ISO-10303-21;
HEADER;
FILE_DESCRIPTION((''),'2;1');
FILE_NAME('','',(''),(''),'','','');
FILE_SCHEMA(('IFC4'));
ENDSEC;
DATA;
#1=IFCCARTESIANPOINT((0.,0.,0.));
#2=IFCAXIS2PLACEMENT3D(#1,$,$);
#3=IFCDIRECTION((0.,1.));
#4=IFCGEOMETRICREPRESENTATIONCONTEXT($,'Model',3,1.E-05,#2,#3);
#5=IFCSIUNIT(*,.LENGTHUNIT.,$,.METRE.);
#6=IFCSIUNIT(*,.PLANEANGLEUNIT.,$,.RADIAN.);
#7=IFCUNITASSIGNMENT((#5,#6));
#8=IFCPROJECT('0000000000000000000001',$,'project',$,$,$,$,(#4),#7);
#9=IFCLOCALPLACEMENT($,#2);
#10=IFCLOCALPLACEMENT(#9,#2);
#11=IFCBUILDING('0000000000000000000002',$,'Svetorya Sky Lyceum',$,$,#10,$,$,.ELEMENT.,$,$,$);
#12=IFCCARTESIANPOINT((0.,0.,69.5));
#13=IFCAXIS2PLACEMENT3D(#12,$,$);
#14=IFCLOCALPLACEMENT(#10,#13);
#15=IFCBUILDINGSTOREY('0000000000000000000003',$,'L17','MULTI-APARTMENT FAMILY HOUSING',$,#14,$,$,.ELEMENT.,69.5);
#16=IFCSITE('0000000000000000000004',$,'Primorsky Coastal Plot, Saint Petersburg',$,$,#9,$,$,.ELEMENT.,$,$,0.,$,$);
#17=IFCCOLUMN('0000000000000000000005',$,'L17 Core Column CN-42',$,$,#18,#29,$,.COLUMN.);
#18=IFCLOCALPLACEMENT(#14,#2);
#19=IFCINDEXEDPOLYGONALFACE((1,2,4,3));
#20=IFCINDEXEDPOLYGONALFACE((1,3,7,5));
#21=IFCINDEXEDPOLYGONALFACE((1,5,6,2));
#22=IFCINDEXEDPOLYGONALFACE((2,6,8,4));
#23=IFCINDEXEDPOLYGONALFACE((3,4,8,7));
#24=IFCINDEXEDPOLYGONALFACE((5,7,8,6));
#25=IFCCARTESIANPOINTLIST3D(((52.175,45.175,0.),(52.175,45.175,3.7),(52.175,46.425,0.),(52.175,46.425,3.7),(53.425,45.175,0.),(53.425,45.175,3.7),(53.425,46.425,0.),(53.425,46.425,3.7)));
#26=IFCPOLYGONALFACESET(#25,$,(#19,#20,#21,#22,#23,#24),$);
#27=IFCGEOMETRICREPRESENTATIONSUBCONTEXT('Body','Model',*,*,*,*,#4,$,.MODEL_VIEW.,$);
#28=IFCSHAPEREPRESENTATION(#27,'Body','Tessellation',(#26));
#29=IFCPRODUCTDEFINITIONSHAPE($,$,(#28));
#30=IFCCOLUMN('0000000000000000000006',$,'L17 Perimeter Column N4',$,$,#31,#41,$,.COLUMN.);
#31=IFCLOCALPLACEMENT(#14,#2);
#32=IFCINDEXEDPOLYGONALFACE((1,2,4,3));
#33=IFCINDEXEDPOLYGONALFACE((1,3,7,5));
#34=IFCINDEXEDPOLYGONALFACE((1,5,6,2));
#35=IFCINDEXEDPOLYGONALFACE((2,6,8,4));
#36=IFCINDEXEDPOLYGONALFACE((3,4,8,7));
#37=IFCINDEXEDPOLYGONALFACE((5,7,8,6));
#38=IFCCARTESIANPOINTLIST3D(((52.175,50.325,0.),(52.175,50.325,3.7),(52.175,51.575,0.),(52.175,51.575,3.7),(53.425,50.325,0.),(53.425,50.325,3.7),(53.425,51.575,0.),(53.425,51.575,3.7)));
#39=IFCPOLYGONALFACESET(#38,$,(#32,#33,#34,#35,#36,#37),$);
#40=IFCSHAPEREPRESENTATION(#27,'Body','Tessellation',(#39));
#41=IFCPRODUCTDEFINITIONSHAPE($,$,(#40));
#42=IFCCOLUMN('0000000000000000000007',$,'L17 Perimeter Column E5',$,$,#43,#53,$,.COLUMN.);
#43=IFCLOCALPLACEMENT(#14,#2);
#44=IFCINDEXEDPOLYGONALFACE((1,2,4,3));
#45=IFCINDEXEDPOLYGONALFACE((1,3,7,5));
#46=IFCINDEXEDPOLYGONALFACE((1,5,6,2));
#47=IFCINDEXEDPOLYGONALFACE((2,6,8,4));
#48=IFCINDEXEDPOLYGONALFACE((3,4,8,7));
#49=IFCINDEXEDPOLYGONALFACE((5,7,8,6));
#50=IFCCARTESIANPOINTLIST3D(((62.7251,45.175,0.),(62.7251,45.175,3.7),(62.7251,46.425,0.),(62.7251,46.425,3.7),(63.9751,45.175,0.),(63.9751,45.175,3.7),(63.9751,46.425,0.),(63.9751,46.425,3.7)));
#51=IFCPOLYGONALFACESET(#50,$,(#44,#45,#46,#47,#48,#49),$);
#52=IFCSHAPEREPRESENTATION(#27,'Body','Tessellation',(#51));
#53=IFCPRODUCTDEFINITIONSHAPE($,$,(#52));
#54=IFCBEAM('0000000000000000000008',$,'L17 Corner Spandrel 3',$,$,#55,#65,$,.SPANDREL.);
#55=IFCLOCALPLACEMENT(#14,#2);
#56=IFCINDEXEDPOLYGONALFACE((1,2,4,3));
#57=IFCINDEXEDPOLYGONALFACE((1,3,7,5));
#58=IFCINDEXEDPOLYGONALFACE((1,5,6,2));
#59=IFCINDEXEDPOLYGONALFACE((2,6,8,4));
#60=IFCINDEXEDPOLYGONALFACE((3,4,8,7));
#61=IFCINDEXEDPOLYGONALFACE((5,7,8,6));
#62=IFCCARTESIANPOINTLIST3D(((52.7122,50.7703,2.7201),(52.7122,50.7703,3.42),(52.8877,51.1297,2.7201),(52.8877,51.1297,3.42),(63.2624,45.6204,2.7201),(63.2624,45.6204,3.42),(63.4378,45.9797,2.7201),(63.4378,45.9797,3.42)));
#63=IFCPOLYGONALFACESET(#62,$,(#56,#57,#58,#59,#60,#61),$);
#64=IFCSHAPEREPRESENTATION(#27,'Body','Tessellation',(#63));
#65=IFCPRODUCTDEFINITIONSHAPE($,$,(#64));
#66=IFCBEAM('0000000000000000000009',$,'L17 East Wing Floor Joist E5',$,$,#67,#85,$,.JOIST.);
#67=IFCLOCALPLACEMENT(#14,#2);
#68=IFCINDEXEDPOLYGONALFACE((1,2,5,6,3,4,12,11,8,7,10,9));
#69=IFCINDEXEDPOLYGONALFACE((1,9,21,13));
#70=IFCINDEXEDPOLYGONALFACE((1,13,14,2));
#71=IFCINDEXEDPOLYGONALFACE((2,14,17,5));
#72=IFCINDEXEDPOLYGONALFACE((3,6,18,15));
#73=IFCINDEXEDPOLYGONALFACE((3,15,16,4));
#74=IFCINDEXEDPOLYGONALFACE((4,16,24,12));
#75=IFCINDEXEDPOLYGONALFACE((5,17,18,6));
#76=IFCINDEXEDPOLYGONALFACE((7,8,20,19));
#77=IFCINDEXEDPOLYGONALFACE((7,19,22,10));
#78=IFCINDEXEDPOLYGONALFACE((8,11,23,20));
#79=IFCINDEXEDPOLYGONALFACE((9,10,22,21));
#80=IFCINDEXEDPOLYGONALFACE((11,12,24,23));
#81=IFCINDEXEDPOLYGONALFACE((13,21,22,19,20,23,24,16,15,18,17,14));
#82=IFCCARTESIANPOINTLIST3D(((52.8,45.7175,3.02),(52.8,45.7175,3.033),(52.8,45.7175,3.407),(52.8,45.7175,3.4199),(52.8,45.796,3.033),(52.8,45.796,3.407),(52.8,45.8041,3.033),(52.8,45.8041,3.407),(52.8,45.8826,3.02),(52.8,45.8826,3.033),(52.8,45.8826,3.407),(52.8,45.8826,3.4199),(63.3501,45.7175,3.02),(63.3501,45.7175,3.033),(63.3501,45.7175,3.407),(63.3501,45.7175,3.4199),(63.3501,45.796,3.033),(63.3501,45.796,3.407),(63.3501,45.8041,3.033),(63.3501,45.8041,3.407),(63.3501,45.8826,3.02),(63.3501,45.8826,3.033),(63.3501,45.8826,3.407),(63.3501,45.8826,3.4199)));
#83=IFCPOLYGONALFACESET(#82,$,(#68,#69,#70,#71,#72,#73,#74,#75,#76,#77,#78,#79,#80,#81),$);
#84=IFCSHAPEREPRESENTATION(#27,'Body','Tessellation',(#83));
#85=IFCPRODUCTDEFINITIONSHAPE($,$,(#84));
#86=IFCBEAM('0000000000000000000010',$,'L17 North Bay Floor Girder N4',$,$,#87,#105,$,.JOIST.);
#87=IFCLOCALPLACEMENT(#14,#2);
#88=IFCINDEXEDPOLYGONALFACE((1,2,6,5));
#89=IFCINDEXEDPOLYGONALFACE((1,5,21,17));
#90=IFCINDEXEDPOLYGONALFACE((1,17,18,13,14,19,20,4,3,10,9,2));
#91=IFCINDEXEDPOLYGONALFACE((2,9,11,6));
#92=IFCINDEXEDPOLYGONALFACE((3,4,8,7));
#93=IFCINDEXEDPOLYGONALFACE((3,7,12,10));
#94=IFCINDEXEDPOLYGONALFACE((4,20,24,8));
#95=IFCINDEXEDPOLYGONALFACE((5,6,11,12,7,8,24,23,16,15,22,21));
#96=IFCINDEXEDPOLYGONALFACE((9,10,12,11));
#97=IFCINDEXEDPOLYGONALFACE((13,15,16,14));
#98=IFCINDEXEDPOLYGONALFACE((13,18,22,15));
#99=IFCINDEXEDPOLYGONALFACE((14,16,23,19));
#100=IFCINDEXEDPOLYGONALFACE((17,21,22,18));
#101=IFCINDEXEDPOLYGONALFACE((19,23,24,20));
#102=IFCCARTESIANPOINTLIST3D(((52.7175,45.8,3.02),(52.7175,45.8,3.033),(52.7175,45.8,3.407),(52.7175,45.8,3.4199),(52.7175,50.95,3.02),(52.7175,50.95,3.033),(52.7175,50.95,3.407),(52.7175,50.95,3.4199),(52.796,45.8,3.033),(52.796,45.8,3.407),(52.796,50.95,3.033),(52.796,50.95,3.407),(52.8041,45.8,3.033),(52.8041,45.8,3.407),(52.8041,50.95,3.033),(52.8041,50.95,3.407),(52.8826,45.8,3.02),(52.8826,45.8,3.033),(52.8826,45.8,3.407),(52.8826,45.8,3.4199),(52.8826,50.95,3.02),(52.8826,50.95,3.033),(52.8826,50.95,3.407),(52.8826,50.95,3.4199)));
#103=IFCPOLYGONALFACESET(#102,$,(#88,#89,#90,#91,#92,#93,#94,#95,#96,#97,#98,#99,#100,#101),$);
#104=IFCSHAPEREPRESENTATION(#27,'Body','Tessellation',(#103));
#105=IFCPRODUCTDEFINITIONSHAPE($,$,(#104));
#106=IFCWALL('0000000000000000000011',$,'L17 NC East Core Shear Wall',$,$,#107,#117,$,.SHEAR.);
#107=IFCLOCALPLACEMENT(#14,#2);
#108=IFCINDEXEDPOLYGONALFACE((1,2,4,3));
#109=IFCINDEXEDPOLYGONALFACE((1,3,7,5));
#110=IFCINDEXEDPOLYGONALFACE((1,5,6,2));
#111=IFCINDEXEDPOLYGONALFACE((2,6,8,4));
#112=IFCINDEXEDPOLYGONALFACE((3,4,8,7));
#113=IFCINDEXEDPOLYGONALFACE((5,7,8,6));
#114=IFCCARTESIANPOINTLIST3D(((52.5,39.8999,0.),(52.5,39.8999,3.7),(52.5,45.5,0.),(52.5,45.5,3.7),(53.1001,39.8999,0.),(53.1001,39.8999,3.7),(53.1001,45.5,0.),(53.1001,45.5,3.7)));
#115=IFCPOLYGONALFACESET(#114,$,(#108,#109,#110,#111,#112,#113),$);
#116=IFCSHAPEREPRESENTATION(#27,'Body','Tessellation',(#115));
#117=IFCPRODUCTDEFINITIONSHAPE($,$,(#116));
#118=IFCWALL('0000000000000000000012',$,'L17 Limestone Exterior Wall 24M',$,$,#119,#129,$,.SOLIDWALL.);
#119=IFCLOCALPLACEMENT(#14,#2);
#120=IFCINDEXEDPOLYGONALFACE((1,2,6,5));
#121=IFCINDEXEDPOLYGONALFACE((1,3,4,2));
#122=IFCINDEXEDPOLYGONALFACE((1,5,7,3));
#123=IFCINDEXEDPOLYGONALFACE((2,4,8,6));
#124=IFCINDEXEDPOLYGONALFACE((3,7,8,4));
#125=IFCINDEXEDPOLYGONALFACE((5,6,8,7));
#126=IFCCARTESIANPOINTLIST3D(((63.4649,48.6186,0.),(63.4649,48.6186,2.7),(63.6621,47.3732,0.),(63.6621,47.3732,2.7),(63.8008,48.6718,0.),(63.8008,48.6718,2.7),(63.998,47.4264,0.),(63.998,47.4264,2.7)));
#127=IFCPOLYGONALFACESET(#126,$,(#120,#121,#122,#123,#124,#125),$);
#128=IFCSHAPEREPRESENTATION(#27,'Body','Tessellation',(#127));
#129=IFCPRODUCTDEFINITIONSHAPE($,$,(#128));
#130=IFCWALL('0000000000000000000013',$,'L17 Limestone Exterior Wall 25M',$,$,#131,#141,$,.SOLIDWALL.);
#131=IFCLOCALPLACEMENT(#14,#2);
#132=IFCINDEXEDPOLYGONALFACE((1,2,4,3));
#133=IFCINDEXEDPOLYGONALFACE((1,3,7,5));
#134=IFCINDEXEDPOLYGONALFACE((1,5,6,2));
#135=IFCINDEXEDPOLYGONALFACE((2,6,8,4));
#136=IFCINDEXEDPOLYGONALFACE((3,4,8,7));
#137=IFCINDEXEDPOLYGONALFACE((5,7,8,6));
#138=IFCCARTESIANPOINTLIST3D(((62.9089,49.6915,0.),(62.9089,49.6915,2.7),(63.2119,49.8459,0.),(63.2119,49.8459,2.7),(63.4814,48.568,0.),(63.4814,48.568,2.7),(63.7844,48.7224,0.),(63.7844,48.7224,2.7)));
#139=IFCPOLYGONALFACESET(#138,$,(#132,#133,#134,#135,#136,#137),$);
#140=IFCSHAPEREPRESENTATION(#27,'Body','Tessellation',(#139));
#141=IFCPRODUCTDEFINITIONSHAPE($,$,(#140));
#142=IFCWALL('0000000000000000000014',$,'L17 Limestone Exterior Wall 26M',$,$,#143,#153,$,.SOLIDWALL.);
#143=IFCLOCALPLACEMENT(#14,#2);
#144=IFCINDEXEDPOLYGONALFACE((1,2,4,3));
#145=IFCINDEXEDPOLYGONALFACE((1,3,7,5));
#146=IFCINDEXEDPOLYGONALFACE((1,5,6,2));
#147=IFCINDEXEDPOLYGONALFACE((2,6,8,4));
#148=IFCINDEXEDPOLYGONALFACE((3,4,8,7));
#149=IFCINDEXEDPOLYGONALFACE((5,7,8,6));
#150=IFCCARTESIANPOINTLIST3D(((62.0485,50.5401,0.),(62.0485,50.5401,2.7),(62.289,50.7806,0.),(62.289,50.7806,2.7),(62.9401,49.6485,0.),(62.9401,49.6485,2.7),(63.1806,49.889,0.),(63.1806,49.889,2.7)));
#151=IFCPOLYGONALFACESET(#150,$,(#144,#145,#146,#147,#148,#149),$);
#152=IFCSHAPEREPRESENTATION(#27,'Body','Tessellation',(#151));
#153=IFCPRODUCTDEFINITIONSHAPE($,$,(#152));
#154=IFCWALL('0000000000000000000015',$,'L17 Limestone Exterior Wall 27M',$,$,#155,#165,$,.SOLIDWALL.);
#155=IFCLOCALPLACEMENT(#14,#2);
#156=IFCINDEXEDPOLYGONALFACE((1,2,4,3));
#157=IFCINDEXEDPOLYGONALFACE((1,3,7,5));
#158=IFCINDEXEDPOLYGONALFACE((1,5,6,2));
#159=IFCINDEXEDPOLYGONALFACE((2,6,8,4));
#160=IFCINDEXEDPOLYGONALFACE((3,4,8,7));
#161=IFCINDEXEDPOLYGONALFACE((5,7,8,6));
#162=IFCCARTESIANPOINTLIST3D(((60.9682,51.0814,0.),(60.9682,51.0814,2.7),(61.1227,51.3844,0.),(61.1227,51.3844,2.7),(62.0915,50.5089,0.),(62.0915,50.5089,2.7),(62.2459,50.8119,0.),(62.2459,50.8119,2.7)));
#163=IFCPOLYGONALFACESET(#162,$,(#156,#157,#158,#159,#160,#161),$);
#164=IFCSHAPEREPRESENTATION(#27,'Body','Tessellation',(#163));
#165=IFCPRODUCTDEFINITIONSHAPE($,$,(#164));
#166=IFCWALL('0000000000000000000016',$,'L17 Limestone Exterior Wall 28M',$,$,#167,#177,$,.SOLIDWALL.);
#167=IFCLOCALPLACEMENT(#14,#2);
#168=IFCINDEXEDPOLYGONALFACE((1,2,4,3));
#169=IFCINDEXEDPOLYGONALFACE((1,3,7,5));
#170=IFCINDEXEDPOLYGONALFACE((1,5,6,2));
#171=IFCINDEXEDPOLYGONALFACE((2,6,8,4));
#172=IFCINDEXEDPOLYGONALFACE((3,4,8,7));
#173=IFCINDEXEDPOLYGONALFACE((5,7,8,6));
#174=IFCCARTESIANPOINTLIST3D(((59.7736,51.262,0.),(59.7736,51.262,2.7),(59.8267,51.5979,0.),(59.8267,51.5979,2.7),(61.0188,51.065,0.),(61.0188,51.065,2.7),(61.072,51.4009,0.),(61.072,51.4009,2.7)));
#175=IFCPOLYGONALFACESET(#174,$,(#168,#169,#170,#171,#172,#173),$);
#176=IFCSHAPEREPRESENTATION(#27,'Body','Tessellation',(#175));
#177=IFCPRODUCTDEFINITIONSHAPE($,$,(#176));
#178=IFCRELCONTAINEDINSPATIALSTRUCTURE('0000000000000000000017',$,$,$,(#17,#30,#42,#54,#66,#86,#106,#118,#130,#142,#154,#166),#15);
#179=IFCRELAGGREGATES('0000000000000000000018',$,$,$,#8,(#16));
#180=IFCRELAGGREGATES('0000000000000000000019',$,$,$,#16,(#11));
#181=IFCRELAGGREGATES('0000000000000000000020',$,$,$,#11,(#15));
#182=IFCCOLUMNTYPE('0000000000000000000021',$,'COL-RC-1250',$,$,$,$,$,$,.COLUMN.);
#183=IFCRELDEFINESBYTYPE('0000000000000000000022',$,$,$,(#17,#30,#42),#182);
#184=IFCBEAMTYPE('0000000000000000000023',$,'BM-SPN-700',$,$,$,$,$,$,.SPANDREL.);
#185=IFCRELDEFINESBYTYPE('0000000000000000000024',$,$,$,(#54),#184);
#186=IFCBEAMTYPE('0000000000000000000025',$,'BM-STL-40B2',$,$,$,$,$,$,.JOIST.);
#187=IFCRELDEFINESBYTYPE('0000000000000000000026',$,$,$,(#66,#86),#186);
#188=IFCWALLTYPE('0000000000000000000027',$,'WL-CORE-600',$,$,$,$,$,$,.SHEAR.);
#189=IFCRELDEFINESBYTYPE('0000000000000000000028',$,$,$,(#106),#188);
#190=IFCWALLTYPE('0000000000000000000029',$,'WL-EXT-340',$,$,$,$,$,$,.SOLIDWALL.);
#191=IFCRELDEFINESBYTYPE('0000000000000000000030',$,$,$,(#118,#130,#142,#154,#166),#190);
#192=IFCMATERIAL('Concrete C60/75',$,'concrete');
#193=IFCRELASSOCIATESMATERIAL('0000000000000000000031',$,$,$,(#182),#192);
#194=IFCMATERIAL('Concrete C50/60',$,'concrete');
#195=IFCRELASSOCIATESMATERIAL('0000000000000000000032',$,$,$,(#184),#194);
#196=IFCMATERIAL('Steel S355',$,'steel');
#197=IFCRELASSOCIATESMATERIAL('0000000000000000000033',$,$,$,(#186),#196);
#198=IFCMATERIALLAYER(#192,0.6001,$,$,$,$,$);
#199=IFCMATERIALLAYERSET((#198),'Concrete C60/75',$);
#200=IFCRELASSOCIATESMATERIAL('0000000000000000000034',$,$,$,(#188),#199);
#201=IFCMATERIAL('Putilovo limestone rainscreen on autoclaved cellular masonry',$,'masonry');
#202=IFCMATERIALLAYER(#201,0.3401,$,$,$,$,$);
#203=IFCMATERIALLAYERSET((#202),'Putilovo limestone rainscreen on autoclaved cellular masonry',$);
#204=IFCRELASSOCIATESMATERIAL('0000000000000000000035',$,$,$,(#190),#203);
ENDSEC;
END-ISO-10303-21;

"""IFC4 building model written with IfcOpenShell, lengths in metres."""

from ifc_helpers import new_model, si_unit, direction, frame, frame_2d, origin, origin_2d, place, context, subcontext, project, spatial, rectangle, i_section, extrude, material, layer, layer_set, material_profile, profile_set, type_object, element, save


model = new_model("IFC4")

# Units and contexts
model_context = context("Model", 3, precision=1e-05, world=origin(), true_north=direction((0.0, 1.0)))
body_context = subcontext(model_context, "Body", "Model", "MODEL_VIEW")
ifc_project = project(units=[si_unit("LENGTHUNIT", "METRE"), si_unit("PLANEANGLEUNIT", "RADIAN")], contexts=[model_context])

# Site, building, storey
site_placement = place(None, origin())
site = spatial("IfcSite", under=ifc_project, at=site_placement, Name="Primorsky Coastal Plot, Saint Petersburg", CompositionType="ELEMENT", RefElevation=0.0)
building_placement = place(site_placement, origin())
building = spatial("IfcBuilding", under=site, at=building_placement, Name="Svetorya Sky Lyceum", CompositionType="ELEMENT")
storey_placement = place(building_placement, frame((0.0, 0.0, 69.5)))
storey = spatial("IfcBuildingStorey", under=building, at=storey_placement, Name="L17", Description="MULTI-APARTMENT FAMILY HOUSING", CompositionType="ELEMENT", Elevation=69.5)

# Columns
ifc_material_1 = material(Name="Concrete C60/75", Category="concrete")
ifc_material_profile_1 = material_profile(ifc_material_1, rectangle(XDim=1.25, YDim=1.25, at=origin_2d()), Name="RC COL 1250x1250")
ifc_profile_set_1 = profile_set([ifc_material_profile_1], Name="Concrete C60/75")
column_type = type_object("IfcColumnType", Name="COL-RC-1250", PredefinedType="COLUMN", material=ifc_profile_set_1)
for number, where, z_axis, x_axis, name in (
    (1, (52.8, 45.8, 0.0), (0.0, 0.0, 1.0), (1.0, 0.0, 0.0), "L17 Core Column CN-42"),
    (2, (52.8, 50.95, 0.0), (0.0, 0.0, 1.0), (1.0, 0.0, 0.0), "L17 Perimeter Column N4"),
    (3, (63.3501, 45.8, 0.0), (0.0, 0.0, 1.0), (1.0, 0.0, 0.0), "L17 Perimeter Column E5"),
):
    element("IfcColumn", number, at=place(storey_placement, frame(where, z_axis=z_axis, x_axis=x_axis)), inside=storey, type_object=column_type, Name=name, PredefinedType="COLUMN", context=body_context, shape_type="SweptSolid", body=[
        extrude(rectangle(XDim=1.25, YDim=1.25, at=origin_2d()), origin(), (0.0, 0.0, 1.0), 3.7),
    ])

# Beams
ifc_material_2 = material(Name="Concrete C50/60", Category="concrete")
ifc_material_profile_2 = material_profile(ifc_material_2, rectangle(XDim=0.3999, YDim=0.7, at=origin_2d()), Name="RC SPANDREL 400x700")
ifc_profile_set_2 = profile_set([ifc_material_profile_2], Name="Concrete C50/60")
beam_type_1 = type_object("IfcBeamType", Name="BM-SPN-700", PredefinedType="SPANDREL", material=ifc_profile_set_2)
beam_1_placement = place(storey_placement, frame((63.3501, 45.8, 3.0701), z_axis=(-0.89865, 0.438667, 0.0), x_axis=(-0.438667, -0.89865, 0.0)))
element("IfcBeam", 4, at=beam_1_placement, inside=storey, type_object=beam_type_1, Name="L17 Corner Spandrel 3", PredefinedType="SPANDREL", context=body_context, shape_type="SweptSolid", body=[
    extrude(rectangle(XDim=0.3999, YDim=0.7, at=origin_2d()), origin(), (0.0, 0.0, 1.0), 11.74),
])
ifc_material_3 = material(Name="Steel S355", Category="steel")
ifc_material_profile_3 = material_profile(ifc_material_3, i_section(OverallWidth=0.165, OverallDepth=0.3999, WebThickness=0.0081, FlangeThickness=0.0129, at=origin_2d()), Name="GOST 40B2")
ifc_profile_set_3 = profile_set([ifc_material_profile_3], Name="Steel S355")
beam_type_2 = type_object("IfcBeamType", Name="BM-STL-40B2", PredefinedType="JOIST", material=ifc_profile_set_3)
beam_2_placement = place(storey_placement, frame((52.8, 45.8, 3.22), z_axis=(1.0, 0.0, 0.0), x_axis=(0.0, 1.0, 0.0)))
element("IfcBeam", 5, at=beam_2_placement, inside=storey, type_object=beam_type_2, Name="L17 East Wing Floor Joist E5", PredefinedType="JOIST", context=body_context, shape_type="SweptSolid", body=[
    extrude(i_section(OverallWidth=0.165, OverallDepth=0.3999, WebThickness=0.0081, FlangeThickness=0.0129, at=origin_2d()), origin(), (0.0, 0.0, 1.0), 10.55),
])
beam_3_placement = place(storey_placement, frame((52.8, 45.8, 3.22), z_axis=(0.0, 1.0, 0.0), x_axis=(-1.0, 0.0, 0.0)))
element("IfcBeam", 6, at=beam_3_placement, inside=storey, type_object=beam_type_2, Name="L17 North Bay Floor Girder N4", PredefinedType="JOIST", context=body_context, shape_type="SweptSolid", body=[
    extrude(i_section(OverallWidth=0.165, OverallDepth=0.3999, WebThickness=0.0081, FlangeThickness=0.0129, at=origin_2d()), origin(), (0.0, 0.0, 1.0), 5.1499),
])

# Walls
ifc_layer_1 = layer(ifc_material_1, 0.6001)
ifc_layer_set_1 = layer_set([ifc_layer_1], Name="Concrete C60/75")
wall_type_1 = type_object("IfcWallType", Name="WL-CORE-600", PredefinedType="SHEAR", material=ifc_layer_set_1)
wall_1_placement = place(storey_placement, frame((52.8, 39.8999, 0.0), z_axis=(0.0, 0.0, 1.0), x_axis=(0.0, 1.0, 0.0)))
element("IfcWall", 7, at=wall_1_placement, inside=storey, type_object=wall_type_1, Name="L17 NC East Core Shear Wall", PredefinedType="SHEAR", context=body_context, shape_type="SweptSolid", body=[
    extrude(rectangle(XDim=5.6001, YDim=0.6001, at=frame_2d((2.8, 0.0))), origin(), (0.0, 0.0, 1.0), 3.7),
])
ifc_material_4 = material(Name="Putilovo limestone rainscreen on autoclaved cellular masonry", Category="masonry")
ifc_layer_2 = layer(ifc_material_4, 0.3401)
ifc_layer_set_2 = layer_set([ifc_layer_2], Name="Putilovo limestone rainscreen on autoclaved cellular masonry")
wall_type_2 = type_object("IfcWallType", Name="WL-EXT-340", PredefinedType="SOLIDWALL", material=ifc_layer_set_2)
for number, where, z_axis, x_axis, name in (
    (8, (63.8301, 47.3999, 0.0), (0.0, 0.0, 1.0), (-0.15645, 0.987686, 0.0), "L17 Limestone Exterior Wall 24M"),
    (9, (63.6328, 48.6453, 0.0), (0.0, 0.0, 1.0), (-0.454016, 0.890994, 0.0), "L17 Limestone Exterior Wall 25M"),
    (10, (63.0603, 49.7688, 0.0), (0.0, 0.0, 1.0), (-0.707107, 0.707107, 0.0), "L17 Limestone Exterior Wall 26M"),
):
    element("IfcWall", number, at=place(storey_placement, frame(where, z_axis=z_axis, x_axis=x_axis)), inside=storey, type_object=wall_type_2, Name=name, PredefinedType="SOLIDWALL", context=body_context, shape_type="SweptSolid", body=[
        extrude(rectangle(XDim=1.261, YDim=0.3401, at=frame_2d((0.6304, 0.0))), origin(), (0.0, 0.0, 1.0), 2.7),
    ])
for number, where, z_axis, x_axis, name in (
    (11, (62.1687, 50.6604, 0.0), (0.0, 0.0, 1.0), (-0.890954, 0.454094, 0.0), "L17 Limestone Exterior Wall 27M"),
    (12, (61.0454, 51.2329, 0.0), (0.0, 0.0, 1.0), (-0.987716, 0.156261, 0.0), "L17 Limestone Exterior Wall 28M"),
):
    element("IfcWall", number, at=place(storey_placement, frame(where, z_axis=z_axis, x_axis=x_axis)), inside=storey, type_object=wall_type_2, Name=name, PredefinedType="SOLIDWALL", context=body_context, shape_type="SweptSolid", body=[
        extrude(rectangle(XDim=1.2607, YDim=0.3401, at=frame_2d((0.6304, 0.0))), origin(), (0.0, 0.0, 1.0), 2.7),
    ])

save(model, "model.ifc")
